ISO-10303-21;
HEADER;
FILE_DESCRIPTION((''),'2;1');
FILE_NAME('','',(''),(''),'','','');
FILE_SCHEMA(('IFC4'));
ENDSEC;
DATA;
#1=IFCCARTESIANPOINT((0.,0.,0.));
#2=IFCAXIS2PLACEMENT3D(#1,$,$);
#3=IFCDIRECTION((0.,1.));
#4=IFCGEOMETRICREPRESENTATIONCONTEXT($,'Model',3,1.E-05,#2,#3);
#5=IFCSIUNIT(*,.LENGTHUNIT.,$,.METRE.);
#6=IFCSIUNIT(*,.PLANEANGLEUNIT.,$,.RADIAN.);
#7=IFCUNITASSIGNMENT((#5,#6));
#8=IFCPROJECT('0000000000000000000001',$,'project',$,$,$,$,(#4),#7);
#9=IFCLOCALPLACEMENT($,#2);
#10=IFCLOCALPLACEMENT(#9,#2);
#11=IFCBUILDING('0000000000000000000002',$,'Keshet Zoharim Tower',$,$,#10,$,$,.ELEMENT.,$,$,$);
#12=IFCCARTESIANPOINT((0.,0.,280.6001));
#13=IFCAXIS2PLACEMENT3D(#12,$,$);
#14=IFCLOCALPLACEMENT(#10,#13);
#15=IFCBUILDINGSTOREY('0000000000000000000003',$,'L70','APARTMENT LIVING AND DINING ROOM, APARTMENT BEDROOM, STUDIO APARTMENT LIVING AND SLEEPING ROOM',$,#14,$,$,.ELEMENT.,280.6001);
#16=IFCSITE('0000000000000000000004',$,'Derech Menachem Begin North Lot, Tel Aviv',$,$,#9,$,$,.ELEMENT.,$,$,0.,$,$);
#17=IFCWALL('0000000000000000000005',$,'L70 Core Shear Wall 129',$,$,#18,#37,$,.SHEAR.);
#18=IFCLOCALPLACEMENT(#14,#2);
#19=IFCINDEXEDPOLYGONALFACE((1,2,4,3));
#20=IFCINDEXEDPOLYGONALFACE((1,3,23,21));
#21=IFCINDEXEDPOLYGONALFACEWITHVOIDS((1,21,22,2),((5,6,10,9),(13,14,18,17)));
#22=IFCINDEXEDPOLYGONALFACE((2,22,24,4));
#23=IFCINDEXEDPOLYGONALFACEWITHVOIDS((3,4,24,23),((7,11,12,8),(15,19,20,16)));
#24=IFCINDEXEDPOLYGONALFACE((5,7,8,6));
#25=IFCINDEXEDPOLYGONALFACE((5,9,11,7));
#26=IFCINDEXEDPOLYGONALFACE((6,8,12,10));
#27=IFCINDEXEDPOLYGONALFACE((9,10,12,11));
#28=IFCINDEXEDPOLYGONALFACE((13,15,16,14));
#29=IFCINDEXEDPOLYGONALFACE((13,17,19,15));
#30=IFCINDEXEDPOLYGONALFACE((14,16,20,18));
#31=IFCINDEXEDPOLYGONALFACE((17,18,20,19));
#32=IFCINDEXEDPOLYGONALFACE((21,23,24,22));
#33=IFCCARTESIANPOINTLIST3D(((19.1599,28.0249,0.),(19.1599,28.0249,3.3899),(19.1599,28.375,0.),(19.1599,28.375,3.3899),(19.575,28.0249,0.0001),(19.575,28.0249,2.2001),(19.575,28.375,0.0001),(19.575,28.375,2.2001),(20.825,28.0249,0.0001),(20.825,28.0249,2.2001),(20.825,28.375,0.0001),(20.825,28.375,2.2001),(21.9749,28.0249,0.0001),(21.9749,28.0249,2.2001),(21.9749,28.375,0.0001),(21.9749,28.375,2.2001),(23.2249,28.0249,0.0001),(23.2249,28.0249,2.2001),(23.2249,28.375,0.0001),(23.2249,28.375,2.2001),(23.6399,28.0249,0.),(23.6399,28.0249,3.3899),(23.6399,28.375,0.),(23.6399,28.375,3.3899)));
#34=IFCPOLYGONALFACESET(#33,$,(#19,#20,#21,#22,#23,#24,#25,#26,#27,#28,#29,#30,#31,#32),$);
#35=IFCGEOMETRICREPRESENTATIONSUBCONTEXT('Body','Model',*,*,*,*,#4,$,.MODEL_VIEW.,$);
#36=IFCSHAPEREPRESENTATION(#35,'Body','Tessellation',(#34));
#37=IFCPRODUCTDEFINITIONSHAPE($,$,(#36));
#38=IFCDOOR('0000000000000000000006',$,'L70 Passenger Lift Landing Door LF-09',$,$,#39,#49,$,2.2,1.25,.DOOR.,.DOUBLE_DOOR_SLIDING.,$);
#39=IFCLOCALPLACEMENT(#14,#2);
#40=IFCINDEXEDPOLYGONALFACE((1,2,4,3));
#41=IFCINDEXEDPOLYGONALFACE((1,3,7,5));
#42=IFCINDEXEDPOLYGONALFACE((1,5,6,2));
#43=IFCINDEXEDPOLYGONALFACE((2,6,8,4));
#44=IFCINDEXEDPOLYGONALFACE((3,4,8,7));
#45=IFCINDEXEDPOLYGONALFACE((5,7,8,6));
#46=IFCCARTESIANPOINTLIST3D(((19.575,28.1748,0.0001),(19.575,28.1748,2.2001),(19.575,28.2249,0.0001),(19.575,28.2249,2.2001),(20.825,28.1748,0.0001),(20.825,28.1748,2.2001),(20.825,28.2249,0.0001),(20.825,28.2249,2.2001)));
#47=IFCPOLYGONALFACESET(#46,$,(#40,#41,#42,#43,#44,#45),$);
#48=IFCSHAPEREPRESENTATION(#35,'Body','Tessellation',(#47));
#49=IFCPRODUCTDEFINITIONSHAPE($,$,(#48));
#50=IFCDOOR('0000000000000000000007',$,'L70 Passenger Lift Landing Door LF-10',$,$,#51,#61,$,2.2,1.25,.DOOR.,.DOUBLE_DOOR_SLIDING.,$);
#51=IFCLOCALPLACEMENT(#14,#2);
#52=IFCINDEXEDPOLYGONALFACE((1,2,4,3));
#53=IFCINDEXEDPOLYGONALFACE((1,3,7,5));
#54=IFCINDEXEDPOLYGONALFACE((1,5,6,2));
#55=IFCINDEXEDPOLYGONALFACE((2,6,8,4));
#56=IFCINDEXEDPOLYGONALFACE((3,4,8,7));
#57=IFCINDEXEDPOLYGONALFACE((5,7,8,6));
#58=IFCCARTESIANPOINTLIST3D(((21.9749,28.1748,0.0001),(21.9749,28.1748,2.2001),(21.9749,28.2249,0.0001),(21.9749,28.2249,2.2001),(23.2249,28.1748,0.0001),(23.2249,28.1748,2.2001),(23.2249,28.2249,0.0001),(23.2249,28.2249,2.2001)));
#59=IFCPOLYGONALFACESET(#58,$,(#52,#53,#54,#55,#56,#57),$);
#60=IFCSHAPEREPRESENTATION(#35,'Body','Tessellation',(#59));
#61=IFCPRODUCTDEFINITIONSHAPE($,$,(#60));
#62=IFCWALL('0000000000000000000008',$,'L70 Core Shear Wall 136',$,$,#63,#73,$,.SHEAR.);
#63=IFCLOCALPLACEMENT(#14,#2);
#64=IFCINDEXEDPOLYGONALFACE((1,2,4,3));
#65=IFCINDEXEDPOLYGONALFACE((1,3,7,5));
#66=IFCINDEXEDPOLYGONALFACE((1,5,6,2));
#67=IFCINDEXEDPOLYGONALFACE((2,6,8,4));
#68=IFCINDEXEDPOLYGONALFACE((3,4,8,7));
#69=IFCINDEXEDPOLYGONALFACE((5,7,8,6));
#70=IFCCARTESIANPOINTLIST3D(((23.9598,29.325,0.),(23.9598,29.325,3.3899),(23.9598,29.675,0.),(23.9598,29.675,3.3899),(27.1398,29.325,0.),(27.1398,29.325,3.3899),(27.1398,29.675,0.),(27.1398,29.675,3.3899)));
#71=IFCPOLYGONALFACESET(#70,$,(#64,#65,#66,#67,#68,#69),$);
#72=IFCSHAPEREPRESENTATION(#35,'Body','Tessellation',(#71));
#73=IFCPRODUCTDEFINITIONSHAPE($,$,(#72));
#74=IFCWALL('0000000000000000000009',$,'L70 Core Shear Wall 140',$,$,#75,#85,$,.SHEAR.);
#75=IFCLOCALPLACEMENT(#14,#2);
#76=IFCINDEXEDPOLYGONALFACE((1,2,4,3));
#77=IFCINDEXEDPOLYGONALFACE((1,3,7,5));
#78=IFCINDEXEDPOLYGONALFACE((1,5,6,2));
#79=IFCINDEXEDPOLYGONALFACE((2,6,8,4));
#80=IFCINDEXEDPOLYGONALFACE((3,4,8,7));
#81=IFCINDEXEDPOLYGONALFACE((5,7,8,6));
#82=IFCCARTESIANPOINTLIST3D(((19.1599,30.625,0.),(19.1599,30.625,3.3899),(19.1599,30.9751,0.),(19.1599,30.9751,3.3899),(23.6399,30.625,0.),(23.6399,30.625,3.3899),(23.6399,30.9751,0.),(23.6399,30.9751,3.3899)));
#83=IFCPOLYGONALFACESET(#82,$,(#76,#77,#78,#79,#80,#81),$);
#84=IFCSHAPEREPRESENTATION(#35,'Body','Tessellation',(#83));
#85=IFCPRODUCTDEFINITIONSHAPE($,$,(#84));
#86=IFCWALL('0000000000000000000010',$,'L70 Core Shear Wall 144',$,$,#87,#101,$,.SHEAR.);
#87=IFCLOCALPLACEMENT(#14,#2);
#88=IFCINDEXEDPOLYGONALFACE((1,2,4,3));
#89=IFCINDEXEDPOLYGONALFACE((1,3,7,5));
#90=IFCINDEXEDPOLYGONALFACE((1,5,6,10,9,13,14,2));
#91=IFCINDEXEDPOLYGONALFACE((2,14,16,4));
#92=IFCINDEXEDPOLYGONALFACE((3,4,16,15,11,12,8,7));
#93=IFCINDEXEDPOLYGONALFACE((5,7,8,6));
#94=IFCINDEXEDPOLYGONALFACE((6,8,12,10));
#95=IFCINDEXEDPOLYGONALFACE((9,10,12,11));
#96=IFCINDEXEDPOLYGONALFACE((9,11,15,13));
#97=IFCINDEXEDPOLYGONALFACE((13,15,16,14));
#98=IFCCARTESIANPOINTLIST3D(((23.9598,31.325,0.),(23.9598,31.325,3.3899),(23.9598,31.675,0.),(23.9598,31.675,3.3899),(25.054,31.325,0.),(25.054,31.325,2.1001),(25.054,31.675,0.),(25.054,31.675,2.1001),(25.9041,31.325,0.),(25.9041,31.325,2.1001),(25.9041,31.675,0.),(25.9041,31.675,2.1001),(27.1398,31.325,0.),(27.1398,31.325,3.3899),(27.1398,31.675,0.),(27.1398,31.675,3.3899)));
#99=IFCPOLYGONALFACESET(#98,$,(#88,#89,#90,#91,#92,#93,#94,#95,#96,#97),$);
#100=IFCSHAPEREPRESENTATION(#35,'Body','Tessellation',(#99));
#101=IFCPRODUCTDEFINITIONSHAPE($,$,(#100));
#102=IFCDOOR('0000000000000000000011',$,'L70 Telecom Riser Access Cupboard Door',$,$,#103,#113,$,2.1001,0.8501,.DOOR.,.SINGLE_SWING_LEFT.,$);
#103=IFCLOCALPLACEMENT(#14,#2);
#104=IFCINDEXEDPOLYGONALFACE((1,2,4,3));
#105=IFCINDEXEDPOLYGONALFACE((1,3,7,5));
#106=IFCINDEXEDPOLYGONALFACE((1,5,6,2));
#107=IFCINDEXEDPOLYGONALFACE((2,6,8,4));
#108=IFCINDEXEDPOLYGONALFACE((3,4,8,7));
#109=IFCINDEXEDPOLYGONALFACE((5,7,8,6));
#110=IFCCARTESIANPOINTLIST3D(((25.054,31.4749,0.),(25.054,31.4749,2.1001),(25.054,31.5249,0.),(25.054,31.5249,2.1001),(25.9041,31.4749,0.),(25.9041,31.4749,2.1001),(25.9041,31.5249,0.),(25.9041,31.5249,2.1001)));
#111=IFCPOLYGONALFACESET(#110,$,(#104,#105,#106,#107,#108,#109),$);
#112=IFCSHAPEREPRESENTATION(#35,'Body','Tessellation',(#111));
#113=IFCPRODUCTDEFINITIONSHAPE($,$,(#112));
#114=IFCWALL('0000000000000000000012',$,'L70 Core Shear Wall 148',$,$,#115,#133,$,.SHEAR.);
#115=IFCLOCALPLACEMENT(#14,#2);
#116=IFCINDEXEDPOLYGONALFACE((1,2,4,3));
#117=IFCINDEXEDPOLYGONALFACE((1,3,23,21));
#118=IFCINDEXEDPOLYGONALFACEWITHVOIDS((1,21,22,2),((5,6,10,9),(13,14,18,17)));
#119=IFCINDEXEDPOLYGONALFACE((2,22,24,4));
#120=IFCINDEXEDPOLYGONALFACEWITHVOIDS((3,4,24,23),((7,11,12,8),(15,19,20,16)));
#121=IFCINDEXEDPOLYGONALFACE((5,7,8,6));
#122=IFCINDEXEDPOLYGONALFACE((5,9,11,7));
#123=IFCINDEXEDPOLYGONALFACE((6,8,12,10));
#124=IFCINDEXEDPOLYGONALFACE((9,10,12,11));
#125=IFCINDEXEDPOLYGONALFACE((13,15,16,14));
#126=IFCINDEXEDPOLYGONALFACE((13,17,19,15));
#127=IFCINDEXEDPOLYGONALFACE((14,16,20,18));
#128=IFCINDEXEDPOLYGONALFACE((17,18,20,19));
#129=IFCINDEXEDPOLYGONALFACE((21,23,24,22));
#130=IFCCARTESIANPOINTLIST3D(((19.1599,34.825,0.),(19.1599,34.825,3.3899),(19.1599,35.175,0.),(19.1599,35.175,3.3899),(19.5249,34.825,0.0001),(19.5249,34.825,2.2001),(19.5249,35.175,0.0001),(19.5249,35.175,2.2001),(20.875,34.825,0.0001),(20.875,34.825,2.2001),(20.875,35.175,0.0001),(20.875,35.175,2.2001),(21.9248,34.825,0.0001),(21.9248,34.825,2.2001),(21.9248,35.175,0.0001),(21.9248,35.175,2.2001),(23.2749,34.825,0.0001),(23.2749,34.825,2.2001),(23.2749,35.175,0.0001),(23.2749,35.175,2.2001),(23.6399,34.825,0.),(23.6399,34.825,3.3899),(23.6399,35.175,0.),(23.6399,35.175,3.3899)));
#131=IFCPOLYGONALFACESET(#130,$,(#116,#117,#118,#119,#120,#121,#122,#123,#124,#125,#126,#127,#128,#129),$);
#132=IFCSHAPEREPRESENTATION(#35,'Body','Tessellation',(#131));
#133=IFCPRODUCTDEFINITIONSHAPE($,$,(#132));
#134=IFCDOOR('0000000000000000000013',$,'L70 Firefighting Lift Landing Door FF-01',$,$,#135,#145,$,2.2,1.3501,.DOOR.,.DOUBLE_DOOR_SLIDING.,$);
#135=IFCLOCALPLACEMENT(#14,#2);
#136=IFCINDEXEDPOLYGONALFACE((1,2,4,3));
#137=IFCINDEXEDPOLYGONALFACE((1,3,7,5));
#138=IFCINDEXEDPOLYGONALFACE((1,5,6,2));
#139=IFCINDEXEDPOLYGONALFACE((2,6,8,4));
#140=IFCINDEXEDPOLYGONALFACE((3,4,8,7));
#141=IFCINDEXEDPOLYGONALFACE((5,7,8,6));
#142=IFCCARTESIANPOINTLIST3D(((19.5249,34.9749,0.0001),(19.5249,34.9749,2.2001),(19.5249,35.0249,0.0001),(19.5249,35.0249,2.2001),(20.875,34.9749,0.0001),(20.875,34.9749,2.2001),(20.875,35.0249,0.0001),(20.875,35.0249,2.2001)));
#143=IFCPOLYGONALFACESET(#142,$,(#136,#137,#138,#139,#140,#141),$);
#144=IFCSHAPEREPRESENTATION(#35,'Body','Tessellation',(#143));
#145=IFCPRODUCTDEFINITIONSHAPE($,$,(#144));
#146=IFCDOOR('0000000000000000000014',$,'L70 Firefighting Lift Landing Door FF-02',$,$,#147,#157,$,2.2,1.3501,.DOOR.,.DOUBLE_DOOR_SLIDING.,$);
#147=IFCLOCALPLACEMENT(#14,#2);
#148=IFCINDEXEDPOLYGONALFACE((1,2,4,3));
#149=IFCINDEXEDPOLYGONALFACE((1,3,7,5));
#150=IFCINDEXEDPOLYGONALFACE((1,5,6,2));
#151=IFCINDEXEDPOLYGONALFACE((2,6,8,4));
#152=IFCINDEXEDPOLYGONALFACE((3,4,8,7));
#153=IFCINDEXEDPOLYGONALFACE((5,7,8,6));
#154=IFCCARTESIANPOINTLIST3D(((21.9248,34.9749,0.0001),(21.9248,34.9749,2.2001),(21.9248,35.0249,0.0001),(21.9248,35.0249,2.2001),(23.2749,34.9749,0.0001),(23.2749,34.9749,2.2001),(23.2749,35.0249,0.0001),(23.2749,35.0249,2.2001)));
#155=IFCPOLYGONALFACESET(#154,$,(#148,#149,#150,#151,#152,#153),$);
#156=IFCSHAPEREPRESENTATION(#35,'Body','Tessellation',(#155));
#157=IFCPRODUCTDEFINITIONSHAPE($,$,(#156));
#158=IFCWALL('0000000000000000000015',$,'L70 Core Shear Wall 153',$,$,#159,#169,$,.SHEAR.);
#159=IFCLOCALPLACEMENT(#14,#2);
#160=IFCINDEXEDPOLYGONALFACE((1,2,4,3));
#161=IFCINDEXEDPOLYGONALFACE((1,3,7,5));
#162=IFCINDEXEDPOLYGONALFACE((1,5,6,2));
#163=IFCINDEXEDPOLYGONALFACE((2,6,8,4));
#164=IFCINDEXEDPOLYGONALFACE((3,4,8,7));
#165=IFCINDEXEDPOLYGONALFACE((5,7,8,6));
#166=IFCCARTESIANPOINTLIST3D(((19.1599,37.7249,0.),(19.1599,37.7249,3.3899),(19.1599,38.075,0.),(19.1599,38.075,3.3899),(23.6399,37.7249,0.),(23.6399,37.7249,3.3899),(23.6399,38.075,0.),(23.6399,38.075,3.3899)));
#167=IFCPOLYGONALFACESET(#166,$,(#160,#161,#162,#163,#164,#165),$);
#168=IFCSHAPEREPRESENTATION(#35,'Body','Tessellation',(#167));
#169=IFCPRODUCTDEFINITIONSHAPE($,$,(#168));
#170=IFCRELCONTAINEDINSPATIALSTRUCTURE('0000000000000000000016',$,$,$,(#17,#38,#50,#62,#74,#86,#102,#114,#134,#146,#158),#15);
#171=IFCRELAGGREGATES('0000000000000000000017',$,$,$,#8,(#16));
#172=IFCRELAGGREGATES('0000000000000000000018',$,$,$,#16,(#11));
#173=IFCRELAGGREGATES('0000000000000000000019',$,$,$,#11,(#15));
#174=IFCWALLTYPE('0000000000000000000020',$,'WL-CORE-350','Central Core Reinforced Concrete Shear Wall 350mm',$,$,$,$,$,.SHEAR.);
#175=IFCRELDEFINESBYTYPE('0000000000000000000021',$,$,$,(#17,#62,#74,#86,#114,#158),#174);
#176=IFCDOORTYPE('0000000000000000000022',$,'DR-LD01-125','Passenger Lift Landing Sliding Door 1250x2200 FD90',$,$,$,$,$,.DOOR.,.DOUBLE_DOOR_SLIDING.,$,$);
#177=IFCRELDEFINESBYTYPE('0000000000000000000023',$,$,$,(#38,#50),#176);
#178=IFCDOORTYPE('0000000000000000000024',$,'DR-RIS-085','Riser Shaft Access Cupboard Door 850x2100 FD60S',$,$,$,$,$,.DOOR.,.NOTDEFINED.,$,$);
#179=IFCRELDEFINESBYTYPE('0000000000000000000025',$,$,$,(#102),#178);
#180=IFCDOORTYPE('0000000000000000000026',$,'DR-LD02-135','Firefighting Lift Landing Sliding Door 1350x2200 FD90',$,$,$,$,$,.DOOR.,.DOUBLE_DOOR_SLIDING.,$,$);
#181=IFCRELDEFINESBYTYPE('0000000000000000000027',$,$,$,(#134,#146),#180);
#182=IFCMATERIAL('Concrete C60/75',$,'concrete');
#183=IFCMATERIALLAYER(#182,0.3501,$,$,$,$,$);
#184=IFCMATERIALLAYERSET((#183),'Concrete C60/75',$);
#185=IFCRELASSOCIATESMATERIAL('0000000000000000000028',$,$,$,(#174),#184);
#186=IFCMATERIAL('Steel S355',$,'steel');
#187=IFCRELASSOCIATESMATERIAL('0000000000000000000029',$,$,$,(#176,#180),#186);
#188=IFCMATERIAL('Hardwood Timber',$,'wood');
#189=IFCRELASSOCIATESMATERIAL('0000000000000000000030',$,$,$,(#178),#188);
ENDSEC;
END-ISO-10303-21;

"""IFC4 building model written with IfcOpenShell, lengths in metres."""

from ifc_helpers import new_model, si_unit, direction, frame, frame_2d, origin, place, context, subcontext, project, spatial, rectangle, extrude, material, layer, layer_set, type_object, element, fill, save


model = new_model("IFC4")

# Units and contexts
model_context = context("Model", 3, precision=1e-05, world=origin(), true_north=direction((0.0, 1.0)))
body_context = subcontext(model_context, "Body", "Model", "MODEL_VIEW")
ifc_project = project(units=[si_unit("LENGTHUNIT", "METRE"), si_unit("PLANEANGLEUNIT", "RADIAN")], contexts=[model_context])

# Site, building, storey
site_placement = place(None, origin())
site = spatial("IfcSite", under=ifc_project, at=site_placement, Name="Derech Menachem Begin North Lot, Tel Aviv", CompositionType="ELEMENT", RefElevation=0.0)
building_placement = place(site_placement, origin())
building = spatial("IfcBuilding", under=site, at=building_placement, Name="Keshet Zoharim Tower", CompositionType="ELEMENT")
storey_placement = place(building_placement, frame((0.0, 0.0, 280.6001)))
storey = spatial("IfcBuildingStorey", under=building, at=storey_placement, Name="L70", Description="APARTMENT LIVING AND DINING ROOM, APARTMENT BEDROOM, STUDIO APARTMENT LIVING AND SLEEPING ROOM", CompositionType="ELEMENT", Elevation=280.6001)

# Shared definitions
ifc_material_1 = material(Name="Steel S355", Category="steel")

# Shared definitions
ifc_material_2 = material(Name="Concrete C60/75", Category="concrete")
ifc_layer_1 = layer(ifc_material_2, 0.3501)
ifc_layer_set_1 = layer_set([ifc_layer_1], Name="Concrete C60/75")
wall_type_1 = type_object("IfcWallType", Name="WL-CORE-350", Description="Central Core Reinforced Concrete Shear Wall 350mm", PredefinedType="SHEAR", material=ifc_layer_set_1)

# Shared definitions
ifc_material_3 = material(Name="Hardwood Timber", Category="wood")

# Wall, openings, doors
wall_1_placement = place(storey_placement, frame((19.1599, 28.2, 0.0), z_axis=(0.0, 0.0, 1.0), x_axis=(1.0, 0.0, 0.0)))
wall_1 = element("IfcWall", 1, at=wall_1_placement, inside=storey, type_object=wall_type_1, Name="L70 Core Shear Wall 129", PredefinedType="SHEAR", context=body_context, shape_type="SweptSolid", body=[
    extrude(rectangle(XDim=4.48, YDim=0.3501, at=frame_2d((2.24, 0.0))), origin(), (0.0, 0.0, 1.0), 3.3899),
])
opening_1_placement = place(wall_1_placement, frame((0.415, 0.0, 0.0)))
opening_1 = element("IfcOpeningElement", 2, at=opening_1_placement, cuts=wall_1, PredefinedType="OPENING", context=body_context, shape_type="SweptSolid", body=[
    extrude(rectangle(XDim=1.25, YDim=2.2, at=frame_2d((0.625, 1.1001))), frame((0.0, 0.1851, 0.0), z_axis=(0.0, -1.0, 0.0), x_axis=(1.0, 0.0, 0.0)), (0.0, 0.0, 1.0), 0.3701),
])
opening_2_placement = place(wall_1_placement, frame((2.8149, 0.0, 0.0)))
opening_2 = element("IfcOpeningElement", 3, at=opening_2_placement, cuts=wall_1, PredefinedType="OPENING", context=body_context, shape_type="SweptSolid", body=[
    extrude(rectangle(XDim=1.25, YDim=2.2, at=frame_2d((0.625, 1.1001))), frame((0.0, 0.1851, 0.0), z_axis=(0.0, -1.0, 0.0), x_axis=(1.0, 0.0, 0.0)), (0.0, 0.0, 1.0), 0.3701),
])
door_type_1 = type_object("IfcDoorType", Name="DR-LD01-125", Description="Passenger Lift Landing Sliding Door 1250x2200 FD90", OperationType="DOUBLE_DOOR_SLIDING", PredefinedType="DOOR", material=ifc_material_1)
door_1_placement = place(opening_1_placement, origin())
door_1 = element("IfcDoor", 4, at=door_1_placement, inside=storey, type_object=door_type_1, Name="L70 Passenger Lift Landing Door LF-09", OperationType="DOUBLE_DOOR_SLIDING", OverallHeight=2.2, OverallWidth=1.25, PredefinedType="DOOR", context=body_context, shape_type="SweptSolid", body=[
    extrude(rectangle(XDim=1.25, YDim=2.2, at=frame_2d((0.625, 1.1001))), frame((0.0, 0.0249, 0.0), z_axis=(0.0, -1.0, 0.0), x_axis=(1.0, 0.0, 0.0)), (0.0, 0.0, 1.0), 0.05),
])
fill(opening_1, door_1)
door_2_placement = place(opening_2_placement, origin())
door_2 = element("IfcDoor", 5, at=door_2_placement, inside=storey, type_object=door_type_1, Name="L70 Passenger Lift Landing Door LF-10", OperationType="DOUBLE_DOOR_SLIDING", OverallHeight=2.2, OverallWidth=1.25, PredefinedType="DOOR", context=body_context, shape_type="SweptSolid", body=[
    extrude(rectangle(XDim=1.25, YDim=2.2, at=frame_2d((0.625, 1.1001))), frame((0.0, 0.0249, 0.0), z_axis=(0.0, -1.0, 0.0), x_axis=(1.0, 0.0, 0.0)), (0.0, 0.0, 1.0), 0.05),
])
fill(opening_2, door_2)

# Walls
wall_2_placement = place(storey_placement, frame((23.96, 29.5, 0.0), z_axis=(0.0, 0.0, 1.0), x_axis=(1.0, 0.0, 0.0)))
element("IfcWall", 6, at=wall_2_placement, inside=storey, type_object=wall_type_1, Name="L70 Core Shear Wall 136", PredefinedType="SHEAR", context=body_context, shape_type="SweptSolid", body=[
    extrude(rectangle(XDim=3.1799, YDim=0.3501, at=frame_2d((1.5898, 0.0))), origin(), (0.0, 0.0, 1.0), 3.3899),
])
wall_3_placement = place(storey_placement, frame((19.1599, 30.8, 0.0), z_axis=(0.0, 0.0, 1.0), x_axis=(1.0, 0.0, 0.0)))
element("IfcWall", 7, at=wall_3_placement, inside=storey, type_object=wall_type_1, Name="L70 Core Shear Wall 140", PredefinedType="SHEAR", context=body_context, shape_type="SweptSolid", body=[
    extrude(rectangle(XDim=4.48, YDim=0.3501, at=frame_2d((2.24, 0.0))), origin(), (0.0, 0.0, 1.0), 3.3899),
])

# Wall, opening, door
wall_4_placement = place(storey_placement, frame((23.96, 31.5, 0.0), z_axis=(0.0, 0.0, 1.0), x_axis=(1.0, 0.0, 0.0)))
wall_4 = element("IfcWall", 8, at=wall_4_placement, inside=storey, type_object=wall_type_1, Name="L70 Core Shear Wall 144", PredefinedType="SHEAR", context=body_context, shape_type="SweptSolid", body=[
    extrude(rectangle(XDim=3.1799, YDim=0.3501, at=frame_2d((1.5898, 0.0))), origin(), (0.0, 0.0, 1.0), 3.3899),
])
opening_3_placement = place(wall_4_placement, frame((1.094, 0.0, 0.0)))
opening_3 = element("IfcOpeningElement", 9, at=opening_3_placement, cuts=wall_4, PredefinedType="OPENING", context=body_context, shape_type="SweptSolid", body=[
    extrude(rectangle(XDim=0.8501, YDim=2.1001, at=frame_2d((0.425, 1.05))), frame((0.0, 0.1851, 0.0), z_axis=(0.0, -1.0, 0.0), x_axis=(1.0, 0.0, 0.0)), (0.0, 0.0, 1.0), 0.3701),
])
door_type_2 = type_object("IfcDoorType", Name="DR-RIS-085", Description="Riser Shaft Access Cupboard Door 850x2100 FD60S", OperationType="NOTDEFINED", PredefinedType="DOOR", material=ifc_material_3)
door_3_placement = place(opening_3_placement, origin())
door_3 = element("IfcDoor", 10, at=door_3_placement, inside=storey, type_object=door_type_2, Name="L70 Telecom Riser Access Cupboard Door", OperationType="SINGLE_SWING_LEFT", OverallHeight=2.1001, OverallWidth=0.8501, PredefinedType="DOOR", context=body_context, shape_type="SweptSolid", body=[
    extrude(rectangle(XDim=0.8501, YDim=2.1001, at=frame_2d((0.425, 1.05))), frame((0.0, 0.0249, 0.0), z_axis=(0.0, -1.0, 0.0), x_axis=(1.0, 0.0, 0.0)), (0.0, 0.0, 1.0), 0.05),
])
fill(opening_3, door_3)

# Wall, openings, doors
wall_5_placement = place(storey_placement, frame((19.1599, 35.0, 0.0), z_axis=(0.0, 0.0, 1.0), x_axis=(1.0, 0.0, 0.0)))
wall_5 = element("IfcWall", 11, at=wall_5_placement, inside=storey, type_object=wall_type_1, Name="L70 Core Shear Wall 148", PredefinedType="SHEAR", context=body_context, shape_type="SweptSolid", body=[
    extrude(rectangle(XDim=4.48, YDim=0.3501, at=frame_2d((2.24, 0.0))), origin(), (0.0, 0.0, 1.0), 3.3899),
])
opening_4_placement = place(wall_5_placement, frame((0.365, 0.0, 0.0)))
opening_4 = element("IfcOpeningElement", 12, at=opening_4_placement, cuts=wall_5, PredefinedType="OPENING", context=body_context, shape_type="SweptSolid", body=[
    extrude(rectangle(XDim=1.3501, YDim=2.2, at=frame_2d((0.675, 1.1001))), frame((0.0, 0.1851, 0.0), z_axis=(0.0, -1.0, 0.0), x_axis=(1.0, 0.0, 0.0)), (0.0, 0.0, 1.0), 0.3701),
])
opening_5_placement = place(wall_5_placement, frame((2.7649, 0.0, 0.0)))
opening_5 = element("IfcOpeningElement", 13, at=opening_5_placement, cuts=wall_5, PredefinedType="OPENING", context=body_context, shape_type="SweptSolid", body=[
    extrude(rectangle(XDim=1.3501, YDim=2.2, at=frame_2d((0.675, 1.1001))), frame((0.0, 0.1851, 0.0), z_axis=(0.0, -1.0, 0.0), x_axis=(1.0, 0.0, 0.0)), (0.0, 0.0, 1.0), 0.3701),
])
door_type_3 = type_object("IfcDoorType", Name="DR-LD02-135", Description="Firefighting Lift Landing Sliding Door 1350x2200 FD90", OperationType="DOUBLE_DOOR_SLIDING", PredefinedType="DOOR", material=ifc_material_1)
door_4_placement = place(opening_4_placement, origin())
door_4 = element("IfcDoor", 14, at=door_4_placement, inside=storey, type_object=door_type_3, Name="L70 Firefighting Lift Landing Door FF-01", OperationType="DOUBLE_DOOR_SLIDING", OverallHeight=2.2, OverallWidth=1.3501, PredefinedType="DOOR", context=body_context, shape_type="SweptSolid", body=[
    extrude(rectangle(XDim=1.3501, YDim=2.2, at=frame_2d((0.675, 1.1001))), frame((0.0, 0.0249, 0.0), z_axis=(0.0, -1.0, 0.0), x_axis=(1.0, 0.0, 0.0)), (0.0, 0.0, 1.0), 0.05),
])
fill(opening_4, door_4)
door_5_placement = place(opening_5_placement, origin())
door_5 = element("IfcDoor", 15, at=door_5_placement, inside=storey, type_object=door_type_3, Name="L70 Firefighting Lift Landing Door FF-02", OperationType="DOUBLE_DOOR_SLIDING", OverallHeight=2.2, OverallWidth=1.3501, PredefinedType="DOOR", context=body_context, shape_type="SweptSolid", body=[
    extrude(rectangle(XDim=1.3501, YDim=2.2, at=frame_2d((0.675, 1.1001))), frame((0.0, 0.0249, 0.0), z_axis=(0.0, -1.0, 0.0), x_axis=(1.0, 0.0, 0.0)), (0.0, 0.0, 1.0), 0.05),
])
fill(opening_5, door_5)

# Wall
wall_6_placement = place(storey_placement, frame((19.1599, 37.8999, 0.0), z_axis=(0.0, 0.0, 1.0), x_axis=(1.0, 0.0, 0.0)))
element("IfcWall", 16, at=wall_6_placement, inside=storey, type_object=wall_type_1, Name="L70 Core Shear Wall 153", PredefinedType="SHEAR", context=body_context, shape_type="SweptSolid", body=[
    extrude(rectangle(XDim=4.48, YDim=0.3501, at=frame_2d((2.24, 0.0))), origin(), (0.0, 0.0, 1.0), 3.3899),
])

save(model, "model.ifc")
